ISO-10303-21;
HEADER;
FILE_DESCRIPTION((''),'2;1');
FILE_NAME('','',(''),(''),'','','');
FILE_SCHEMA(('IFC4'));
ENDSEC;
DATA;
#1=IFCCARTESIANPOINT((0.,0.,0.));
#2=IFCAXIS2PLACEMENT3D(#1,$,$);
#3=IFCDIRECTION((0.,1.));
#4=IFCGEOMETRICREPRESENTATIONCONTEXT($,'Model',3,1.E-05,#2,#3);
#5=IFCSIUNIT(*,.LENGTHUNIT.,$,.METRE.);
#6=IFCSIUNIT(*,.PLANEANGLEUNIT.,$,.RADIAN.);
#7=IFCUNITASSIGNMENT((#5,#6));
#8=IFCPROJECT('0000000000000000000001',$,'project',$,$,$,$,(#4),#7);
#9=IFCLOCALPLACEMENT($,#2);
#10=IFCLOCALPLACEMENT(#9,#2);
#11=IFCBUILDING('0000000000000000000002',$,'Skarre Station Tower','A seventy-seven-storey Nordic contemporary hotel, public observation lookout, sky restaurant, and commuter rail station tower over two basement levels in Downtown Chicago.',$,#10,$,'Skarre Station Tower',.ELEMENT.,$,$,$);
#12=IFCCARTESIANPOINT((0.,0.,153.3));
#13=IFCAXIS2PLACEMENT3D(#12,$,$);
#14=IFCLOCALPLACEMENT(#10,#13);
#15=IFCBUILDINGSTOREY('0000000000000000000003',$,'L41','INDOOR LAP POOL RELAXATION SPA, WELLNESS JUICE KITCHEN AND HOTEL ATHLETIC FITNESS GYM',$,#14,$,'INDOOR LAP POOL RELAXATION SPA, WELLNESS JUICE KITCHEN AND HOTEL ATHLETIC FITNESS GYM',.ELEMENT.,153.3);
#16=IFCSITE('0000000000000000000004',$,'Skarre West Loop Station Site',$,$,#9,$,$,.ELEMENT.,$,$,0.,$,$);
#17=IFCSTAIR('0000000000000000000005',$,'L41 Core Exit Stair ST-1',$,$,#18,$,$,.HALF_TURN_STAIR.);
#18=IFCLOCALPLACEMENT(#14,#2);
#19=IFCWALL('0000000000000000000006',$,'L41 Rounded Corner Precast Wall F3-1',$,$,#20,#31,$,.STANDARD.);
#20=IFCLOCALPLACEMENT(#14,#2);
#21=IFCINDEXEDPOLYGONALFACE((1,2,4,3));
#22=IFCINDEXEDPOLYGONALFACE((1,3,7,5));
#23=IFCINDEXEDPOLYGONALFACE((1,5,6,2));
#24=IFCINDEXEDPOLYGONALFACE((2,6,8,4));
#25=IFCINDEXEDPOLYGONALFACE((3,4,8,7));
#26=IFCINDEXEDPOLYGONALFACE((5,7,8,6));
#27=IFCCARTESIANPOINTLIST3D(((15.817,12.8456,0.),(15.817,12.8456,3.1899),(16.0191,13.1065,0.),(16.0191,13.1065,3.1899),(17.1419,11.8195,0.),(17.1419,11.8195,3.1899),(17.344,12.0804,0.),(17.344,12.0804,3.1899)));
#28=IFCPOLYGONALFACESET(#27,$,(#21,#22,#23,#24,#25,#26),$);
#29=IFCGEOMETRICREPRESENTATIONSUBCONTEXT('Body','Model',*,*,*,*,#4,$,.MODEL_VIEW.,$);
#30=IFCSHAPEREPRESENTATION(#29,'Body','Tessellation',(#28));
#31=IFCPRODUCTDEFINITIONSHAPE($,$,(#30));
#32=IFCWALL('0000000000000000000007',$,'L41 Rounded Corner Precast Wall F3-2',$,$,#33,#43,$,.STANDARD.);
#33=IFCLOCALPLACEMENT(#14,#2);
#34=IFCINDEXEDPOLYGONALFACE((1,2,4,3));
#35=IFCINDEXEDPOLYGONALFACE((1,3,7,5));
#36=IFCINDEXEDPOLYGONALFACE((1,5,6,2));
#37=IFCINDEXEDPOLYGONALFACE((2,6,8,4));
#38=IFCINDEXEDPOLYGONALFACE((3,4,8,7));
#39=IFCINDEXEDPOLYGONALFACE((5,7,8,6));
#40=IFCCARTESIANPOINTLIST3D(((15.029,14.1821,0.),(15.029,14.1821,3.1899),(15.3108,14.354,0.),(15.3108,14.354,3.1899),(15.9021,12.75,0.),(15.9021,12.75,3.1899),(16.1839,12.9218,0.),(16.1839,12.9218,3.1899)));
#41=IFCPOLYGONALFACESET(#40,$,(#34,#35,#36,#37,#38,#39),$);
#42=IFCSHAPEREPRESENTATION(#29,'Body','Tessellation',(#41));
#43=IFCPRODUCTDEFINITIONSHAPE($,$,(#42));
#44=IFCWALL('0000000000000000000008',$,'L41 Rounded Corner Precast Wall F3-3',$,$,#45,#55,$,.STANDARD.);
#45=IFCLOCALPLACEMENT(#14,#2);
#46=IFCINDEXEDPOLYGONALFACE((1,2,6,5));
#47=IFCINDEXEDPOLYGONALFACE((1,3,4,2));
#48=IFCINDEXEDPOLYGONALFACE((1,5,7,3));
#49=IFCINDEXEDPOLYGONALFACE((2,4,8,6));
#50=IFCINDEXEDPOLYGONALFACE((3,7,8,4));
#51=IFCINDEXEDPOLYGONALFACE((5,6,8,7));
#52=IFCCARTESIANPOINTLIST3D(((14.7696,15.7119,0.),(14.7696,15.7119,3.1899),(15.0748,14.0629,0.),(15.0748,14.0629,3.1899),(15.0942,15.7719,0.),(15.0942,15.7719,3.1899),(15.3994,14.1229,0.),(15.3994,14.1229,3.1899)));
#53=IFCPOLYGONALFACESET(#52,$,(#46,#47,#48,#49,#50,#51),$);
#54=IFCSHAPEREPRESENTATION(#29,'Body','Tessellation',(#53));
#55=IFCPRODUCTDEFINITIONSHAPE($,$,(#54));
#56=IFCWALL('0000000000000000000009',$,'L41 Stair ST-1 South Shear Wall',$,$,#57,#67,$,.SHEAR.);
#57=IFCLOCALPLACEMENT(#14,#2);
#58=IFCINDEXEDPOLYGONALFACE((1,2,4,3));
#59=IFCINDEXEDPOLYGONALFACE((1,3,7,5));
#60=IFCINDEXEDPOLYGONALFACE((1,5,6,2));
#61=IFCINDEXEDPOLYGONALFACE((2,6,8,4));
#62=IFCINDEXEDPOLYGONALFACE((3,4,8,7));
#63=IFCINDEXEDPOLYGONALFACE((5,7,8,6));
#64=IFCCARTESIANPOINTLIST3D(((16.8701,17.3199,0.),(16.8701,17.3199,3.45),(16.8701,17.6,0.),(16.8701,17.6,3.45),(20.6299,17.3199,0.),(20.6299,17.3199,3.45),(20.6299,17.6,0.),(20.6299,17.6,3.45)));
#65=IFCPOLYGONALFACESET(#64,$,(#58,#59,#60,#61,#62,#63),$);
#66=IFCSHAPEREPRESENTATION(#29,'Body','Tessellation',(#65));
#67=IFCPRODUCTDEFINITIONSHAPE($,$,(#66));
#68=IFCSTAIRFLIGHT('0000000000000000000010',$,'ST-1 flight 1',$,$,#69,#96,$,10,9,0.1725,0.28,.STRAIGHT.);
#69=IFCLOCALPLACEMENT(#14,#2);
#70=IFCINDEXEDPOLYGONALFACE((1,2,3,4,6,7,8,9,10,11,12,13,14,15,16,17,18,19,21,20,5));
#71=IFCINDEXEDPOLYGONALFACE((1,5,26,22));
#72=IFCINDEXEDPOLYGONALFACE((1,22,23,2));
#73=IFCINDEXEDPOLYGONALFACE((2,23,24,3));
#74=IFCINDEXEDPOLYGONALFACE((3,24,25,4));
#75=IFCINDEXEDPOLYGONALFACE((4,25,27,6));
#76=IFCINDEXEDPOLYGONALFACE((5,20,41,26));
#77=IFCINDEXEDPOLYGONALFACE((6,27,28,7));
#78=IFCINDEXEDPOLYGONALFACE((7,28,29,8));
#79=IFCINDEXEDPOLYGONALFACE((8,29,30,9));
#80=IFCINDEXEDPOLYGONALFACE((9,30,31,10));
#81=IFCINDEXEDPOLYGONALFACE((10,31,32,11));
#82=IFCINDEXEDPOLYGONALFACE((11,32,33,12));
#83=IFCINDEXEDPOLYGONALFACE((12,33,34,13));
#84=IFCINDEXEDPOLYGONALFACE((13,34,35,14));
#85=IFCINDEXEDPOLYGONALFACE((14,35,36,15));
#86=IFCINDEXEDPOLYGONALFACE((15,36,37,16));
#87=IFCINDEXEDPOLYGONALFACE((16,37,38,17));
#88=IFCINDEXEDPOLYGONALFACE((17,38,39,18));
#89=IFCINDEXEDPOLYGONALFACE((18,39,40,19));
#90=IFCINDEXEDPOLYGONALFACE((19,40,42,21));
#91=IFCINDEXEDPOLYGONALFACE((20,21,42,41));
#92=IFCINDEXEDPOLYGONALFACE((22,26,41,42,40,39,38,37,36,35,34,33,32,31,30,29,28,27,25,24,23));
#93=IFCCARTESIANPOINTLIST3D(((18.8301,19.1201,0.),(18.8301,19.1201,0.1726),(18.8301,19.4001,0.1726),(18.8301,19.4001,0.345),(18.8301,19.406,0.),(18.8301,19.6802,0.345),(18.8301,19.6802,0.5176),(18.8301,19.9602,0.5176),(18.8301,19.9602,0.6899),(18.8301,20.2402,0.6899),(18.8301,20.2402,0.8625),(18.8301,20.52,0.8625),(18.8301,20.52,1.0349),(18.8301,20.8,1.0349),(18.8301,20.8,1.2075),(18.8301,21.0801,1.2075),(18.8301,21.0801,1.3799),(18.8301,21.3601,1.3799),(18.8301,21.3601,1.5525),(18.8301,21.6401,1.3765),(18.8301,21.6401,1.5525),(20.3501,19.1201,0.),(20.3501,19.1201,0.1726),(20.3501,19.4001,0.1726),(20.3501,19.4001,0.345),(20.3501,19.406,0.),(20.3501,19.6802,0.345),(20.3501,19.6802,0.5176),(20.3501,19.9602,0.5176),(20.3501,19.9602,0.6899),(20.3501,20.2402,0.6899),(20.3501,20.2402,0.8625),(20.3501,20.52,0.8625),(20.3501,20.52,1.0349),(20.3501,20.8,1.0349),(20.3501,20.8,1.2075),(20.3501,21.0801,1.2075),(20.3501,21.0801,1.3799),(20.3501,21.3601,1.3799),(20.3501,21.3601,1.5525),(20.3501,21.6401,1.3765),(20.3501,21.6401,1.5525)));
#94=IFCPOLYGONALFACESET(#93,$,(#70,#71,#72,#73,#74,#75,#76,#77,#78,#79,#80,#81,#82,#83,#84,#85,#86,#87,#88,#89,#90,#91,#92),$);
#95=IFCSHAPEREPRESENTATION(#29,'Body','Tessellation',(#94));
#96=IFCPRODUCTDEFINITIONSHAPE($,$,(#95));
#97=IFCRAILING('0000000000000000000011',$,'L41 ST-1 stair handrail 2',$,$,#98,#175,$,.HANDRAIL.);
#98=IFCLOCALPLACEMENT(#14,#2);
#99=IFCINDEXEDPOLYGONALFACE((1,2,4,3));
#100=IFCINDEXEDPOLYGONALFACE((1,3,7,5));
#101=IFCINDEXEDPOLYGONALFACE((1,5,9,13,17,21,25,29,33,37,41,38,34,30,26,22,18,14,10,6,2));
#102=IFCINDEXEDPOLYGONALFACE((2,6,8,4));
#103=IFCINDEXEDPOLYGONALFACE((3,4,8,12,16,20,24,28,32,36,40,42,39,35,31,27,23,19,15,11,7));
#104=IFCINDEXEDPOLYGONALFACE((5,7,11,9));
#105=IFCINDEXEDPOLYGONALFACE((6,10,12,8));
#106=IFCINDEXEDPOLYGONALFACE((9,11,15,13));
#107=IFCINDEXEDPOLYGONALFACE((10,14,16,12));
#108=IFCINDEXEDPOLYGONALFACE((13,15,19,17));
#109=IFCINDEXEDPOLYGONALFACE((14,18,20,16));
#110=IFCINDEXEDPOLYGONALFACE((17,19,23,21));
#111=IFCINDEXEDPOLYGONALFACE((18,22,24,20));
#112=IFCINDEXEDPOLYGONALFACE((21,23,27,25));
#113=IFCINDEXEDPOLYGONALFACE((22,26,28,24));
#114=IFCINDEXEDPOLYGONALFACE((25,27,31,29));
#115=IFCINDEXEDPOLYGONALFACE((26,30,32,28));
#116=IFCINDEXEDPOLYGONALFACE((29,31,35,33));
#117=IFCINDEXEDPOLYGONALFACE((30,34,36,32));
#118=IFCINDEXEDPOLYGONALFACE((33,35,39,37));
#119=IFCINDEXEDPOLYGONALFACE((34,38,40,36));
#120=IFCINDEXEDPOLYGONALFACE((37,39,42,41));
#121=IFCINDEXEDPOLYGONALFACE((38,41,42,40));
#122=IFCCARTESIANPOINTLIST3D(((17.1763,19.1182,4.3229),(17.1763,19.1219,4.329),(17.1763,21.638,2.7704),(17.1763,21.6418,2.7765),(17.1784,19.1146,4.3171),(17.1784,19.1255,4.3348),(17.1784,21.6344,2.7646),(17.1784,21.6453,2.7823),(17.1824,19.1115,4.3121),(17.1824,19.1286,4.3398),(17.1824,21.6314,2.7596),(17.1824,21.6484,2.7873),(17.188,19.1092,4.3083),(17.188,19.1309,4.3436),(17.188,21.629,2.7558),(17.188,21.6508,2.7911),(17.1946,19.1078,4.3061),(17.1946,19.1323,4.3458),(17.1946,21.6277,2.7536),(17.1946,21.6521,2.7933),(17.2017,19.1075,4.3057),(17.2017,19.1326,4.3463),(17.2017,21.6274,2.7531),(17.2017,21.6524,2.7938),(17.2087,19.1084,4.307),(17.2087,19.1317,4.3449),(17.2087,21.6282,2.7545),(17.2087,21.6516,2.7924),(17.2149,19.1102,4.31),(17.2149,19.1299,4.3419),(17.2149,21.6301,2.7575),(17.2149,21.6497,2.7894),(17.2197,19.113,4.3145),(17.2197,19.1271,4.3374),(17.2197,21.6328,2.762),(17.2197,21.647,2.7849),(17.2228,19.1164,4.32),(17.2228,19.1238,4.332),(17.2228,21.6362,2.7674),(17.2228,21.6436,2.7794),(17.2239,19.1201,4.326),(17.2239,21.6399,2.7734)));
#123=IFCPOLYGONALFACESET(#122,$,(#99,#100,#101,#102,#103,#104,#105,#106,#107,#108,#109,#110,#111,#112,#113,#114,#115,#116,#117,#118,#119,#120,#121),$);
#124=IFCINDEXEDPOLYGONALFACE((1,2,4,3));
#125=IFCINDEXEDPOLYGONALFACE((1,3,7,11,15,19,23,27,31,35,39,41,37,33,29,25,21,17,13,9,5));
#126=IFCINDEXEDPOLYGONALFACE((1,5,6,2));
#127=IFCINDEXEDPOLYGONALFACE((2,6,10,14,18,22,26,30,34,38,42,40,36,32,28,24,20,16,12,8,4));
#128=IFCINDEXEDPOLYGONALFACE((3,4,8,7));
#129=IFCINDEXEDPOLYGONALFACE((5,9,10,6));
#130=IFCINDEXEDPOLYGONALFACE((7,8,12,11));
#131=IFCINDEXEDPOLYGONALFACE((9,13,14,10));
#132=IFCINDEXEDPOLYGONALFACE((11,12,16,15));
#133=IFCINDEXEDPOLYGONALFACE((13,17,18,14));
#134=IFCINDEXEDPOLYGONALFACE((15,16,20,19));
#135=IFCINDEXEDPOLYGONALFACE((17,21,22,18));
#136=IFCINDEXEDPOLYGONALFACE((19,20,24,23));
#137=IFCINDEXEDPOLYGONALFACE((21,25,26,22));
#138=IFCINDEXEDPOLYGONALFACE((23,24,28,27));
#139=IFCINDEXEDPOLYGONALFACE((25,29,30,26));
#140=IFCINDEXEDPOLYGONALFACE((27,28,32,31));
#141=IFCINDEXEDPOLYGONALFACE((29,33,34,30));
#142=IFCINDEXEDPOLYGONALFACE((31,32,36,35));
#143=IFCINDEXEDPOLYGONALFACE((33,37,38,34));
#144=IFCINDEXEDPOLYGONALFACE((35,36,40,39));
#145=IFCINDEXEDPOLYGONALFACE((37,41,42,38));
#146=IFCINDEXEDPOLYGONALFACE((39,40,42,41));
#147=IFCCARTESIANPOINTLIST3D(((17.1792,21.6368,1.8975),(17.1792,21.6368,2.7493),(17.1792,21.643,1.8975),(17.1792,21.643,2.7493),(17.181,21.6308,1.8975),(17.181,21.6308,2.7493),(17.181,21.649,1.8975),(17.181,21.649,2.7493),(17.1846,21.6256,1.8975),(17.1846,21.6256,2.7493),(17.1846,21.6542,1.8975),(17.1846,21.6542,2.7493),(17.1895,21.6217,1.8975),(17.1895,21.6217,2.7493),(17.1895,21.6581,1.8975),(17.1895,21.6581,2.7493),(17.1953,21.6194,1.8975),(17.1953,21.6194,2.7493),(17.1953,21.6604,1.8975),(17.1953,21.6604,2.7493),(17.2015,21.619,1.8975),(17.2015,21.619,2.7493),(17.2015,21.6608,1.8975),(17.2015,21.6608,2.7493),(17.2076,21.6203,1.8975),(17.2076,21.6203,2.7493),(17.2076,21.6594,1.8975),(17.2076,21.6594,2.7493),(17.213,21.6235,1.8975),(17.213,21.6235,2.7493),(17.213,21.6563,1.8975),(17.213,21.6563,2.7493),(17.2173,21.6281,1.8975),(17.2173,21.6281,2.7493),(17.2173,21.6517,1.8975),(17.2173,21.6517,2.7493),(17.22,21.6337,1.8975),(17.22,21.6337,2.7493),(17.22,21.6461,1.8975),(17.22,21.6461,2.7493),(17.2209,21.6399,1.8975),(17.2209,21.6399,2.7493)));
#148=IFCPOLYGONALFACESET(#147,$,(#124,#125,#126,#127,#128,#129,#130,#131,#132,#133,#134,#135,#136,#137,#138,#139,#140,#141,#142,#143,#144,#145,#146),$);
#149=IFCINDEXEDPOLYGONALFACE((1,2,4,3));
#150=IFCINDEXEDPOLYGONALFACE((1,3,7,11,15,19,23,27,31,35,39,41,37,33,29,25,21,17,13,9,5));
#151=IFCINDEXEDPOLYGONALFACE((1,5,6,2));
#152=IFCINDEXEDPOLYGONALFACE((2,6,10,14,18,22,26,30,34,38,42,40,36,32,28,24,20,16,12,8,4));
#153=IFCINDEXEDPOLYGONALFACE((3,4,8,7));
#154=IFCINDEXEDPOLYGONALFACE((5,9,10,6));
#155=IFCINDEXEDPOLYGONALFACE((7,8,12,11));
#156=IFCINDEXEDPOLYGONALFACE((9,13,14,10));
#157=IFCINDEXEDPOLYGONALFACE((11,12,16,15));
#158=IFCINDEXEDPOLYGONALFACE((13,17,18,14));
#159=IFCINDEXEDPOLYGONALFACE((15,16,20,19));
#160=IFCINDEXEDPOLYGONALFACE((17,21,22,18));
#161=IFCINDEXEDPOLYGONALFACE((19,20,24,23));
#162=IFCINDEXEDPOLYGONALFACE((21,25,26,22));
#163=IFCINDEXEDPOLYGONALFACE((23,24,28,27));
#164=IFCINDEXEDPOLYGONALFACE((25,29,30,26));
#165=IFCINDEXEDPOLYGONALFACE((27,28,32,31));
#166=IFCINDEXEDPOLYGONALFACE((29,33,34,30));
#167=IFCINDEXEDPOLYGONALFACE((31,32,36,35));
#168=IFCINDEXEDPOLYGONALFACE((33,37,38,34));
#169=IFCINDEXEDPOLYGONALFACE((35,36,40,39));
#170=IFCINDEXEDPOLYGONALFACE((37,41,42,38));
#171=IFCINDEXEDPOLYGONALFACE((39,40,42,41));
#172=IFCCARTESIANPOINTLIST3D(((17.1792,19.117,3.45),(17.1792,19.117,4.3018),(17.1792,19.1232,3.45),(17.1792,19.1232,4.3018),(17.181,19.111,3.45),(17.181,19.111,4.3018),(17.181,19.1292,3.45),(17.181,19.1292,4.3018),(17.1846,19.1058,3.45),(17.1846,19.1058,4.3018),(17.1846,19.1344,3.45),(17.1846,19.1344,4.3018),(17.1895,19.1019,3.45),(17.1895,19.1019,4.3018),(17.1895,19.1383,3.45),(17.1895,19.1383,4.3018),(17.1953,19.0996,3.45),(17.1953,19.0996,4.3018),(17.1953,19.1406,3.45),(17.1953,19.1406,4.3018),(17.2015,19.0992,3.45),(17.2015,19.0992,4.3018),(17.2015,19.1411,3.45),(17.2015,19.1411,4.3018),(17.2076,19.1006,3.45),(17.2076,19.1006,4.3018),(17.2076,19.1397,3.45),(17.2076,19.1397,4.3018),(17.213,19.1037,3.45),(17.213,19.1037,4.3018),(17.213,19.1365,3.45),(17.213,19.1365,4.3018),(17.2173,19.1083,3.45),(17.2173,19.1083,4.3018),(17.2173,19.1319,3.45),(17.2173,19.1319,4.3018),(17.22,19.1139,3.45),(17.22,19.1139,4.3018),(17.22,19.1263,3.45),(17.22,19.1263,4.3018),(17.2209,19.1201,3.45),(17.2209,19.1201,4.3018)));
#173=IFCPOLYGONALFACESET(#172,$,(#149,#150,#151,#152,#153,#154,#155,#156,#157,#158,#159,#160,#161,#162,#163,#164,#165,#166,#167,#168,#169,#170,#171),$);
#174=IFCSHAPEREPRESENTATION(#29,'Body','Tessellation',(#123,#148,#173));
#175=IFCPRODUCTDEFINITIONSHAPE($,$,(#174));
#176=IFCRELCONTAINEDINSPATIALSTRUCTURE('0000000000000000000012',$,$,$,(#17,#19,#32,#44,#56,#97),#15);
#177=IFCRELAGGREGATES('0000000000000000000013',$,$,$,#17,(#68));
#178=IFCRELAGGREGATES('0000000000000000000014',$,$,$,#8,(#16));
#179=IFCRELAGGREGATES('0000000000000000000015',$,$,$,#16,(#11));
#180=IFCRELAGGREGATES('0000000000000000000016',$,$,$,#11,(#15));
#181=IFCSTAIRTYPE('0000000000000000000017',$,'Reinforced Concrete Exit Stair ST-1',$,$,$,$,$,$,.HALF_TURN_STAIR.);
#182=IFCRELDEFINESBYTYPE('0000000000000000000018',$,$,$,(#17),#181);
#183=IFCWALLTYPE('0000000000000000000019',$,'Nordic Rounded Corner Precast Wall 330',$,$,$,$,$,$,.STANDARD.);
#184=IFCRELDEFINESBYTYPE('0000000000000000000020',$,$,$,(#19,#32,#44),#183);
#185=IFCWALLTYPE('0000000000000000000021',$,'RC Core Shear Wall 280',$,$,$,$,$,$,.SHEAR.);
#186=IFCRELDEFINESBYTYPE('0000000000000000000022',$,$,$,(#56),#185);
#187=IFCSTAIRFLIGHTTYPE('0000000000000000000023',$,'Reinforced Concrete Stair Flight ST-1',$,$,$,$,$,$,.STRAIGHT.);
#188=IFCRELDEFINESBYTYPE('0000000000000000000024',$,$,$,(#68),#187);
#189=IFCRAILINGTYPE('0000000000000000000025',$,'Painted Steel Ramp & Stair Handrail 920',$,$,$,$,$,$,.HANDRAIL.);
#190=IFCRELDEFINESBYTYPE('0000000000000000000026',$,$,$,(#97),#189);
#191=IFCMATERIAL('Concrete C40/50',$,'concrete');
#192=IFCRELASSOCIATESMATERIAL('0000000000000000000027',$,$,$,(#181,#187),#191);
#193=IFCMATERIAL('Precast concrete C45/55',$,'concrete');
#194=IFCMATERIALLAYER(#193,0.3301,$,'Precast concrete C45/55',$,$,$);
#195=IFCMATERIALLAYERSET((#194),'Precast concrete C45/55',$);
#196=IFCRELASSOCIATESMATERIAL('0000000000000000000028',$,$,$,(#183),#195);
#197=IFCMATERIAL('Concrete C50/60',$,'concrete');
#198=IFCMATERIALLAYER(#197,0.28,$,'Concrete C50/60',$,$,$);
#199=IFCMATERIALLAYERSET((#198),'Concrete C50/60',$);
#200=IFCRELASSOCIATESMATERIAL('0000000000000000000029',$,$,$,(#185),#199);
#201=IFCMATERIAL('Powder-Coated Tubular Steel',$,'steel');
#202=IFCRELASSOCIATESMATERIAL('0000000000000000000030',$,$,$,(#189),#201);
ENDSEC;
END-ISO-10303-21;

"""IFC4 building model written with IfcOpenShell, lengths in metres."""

from ifc_helpers import new_model, si_unit, direction, frame, frame_2d, origin, origin_2d, place, context, subcontext, project, spatial, polyline, rectangle, circle, outline, extrude, material, layer, layer_set, type_object, element, aggregate, save


model = new_model("IFC4")

# Units and contexts
model_context = context("Model", 3, precision=1e-05, world=origin(), true_north=direction((0.0, 1.0)))
body_context = subcontext(model_context, "Body", "Model", "MODEL_VIEW")
ifc_project = project(units=[si_unit("LENGTHUNIT", "METRE"), si_unit("PLANEANGLEUNIT", "RADIAN")], contexts=[model_context])

# Site, building, storey
site_placement = place(None, origin())
site = spatial("IfcSite", under=ifc_project, at=site_placement, Name="Skarre West Loop Station Site", CompositionType="ELEMENT", RefElevation=0.0)
building_placement = place(site_placement, origin())
building = spatial("IfcBuilding", under=site, at=building_placement, Name="Skarre Station Tower", Description="A seventy-seven-storey Nordic contemporary hotel, public observation lookout, sky restaurant, and commuter rail station tower over two basement levels in Downtown Chicago.", LongName="Skarre Station Tower", CompositionType="ELEMENT")
storey_placement = place(building_placement, frame((0.0, 0.0, 153.3)))
storey = spatial("IfcBuildingStorey", under=building, at=storey_placement, Name="L41", Description="INDOOR LAP POOL RELAXATION SPA, WELLNESS JUICE KITCHEN AND HOTEL ATHLETIC FITNESS GYM", LongName="INDOOR LAP POOL RELAXATION SPA, WELLNESS JUICE KITCHEN AND HOTEL ATHLETIC FITNESS GYM", CompositionType="ELEMENT", Elevation=153.3)

# Stair
ifc_material_1 = material(Name="Concrete C40/50", Category="concrete")
stair_type_1 = type_object("IfcStairType", Name="Reinforced Concrete Exit Stair ST-1", PredefinedType="HALF_TURN_STAIR", material=ifc_material_1)
stair_1_placement = place(storey_placement, origin())
stair_1 = element("IfcStair", 1, at=stair_1_placement, inside=storey, type_object=stair_type_1, Name="L41 Core Exit Stair ST-1", PredefinedType="HALF_TURN_STAIR")

# Shared definitions
ifc_material_2 = material(Name="Concrete C50/60", Category="concrete")

# Shared definitions
ifc_material_3 = material(Name="Precast concrete C45/55", Category="concrete")

# Walls
ifc_layer_1 = layer(ifc_material_3, 0.3301, Name="Precast concrete C45/55")
ifc_layer_set_1 = layer_set([ifc_layer_1], Name="Precast concrete C45/55")
wall_type_1 = type_object("IfcWallType", Name="Nordic Rounded Corner Precast Wall 330", PredefinedType="STANDARD", material=ifc_layer_set_1)
wall_1_placement = place(storey_placement, frame((17.2429, 11.95, 0.0), z_axis=(0.0, 0.0, 1.0), x_axis=(-0.790621, 0.612305, 0.0)))
element("IfcWall", 2, at=wall_1_placement, inside=storey, type_object=wall_type_1, Name="L41 Rounded Corner Precast Wall F3-1", PredefinedType="STANDARD", context=body_context, shape_type="SweptSolid", body=[
    extrude(rectangle(XDim=1.6758, YDim=0.3301, at=frame_2d((0.8379, 0.0))), origin(), (0.0, 0.0, 1.0), 3.1899),
])
wall_2_placement = place(storey_placement, frame((16.043, 12.8359, 0.0), z_axis=(0.0, 0.0, 1.0), x_axis=(-0.520519, 0.85385, 0.0)))
element("IfcWall", 3, at=wall_2_placement, inside=storey, type_object=wall_type_1, Name="L41 Rounded Corner Precast Wall F3-2", PredefinedType="STANDARD", context=body_context, shape_type="SweptSolid", body=[
    extrude(rectangle(XDim=1.6772, YDim=0.3301, at=frame_2d((0.8386, 0.0))), origin(), (0.0, 0.0, 1.0), 3.1899),
])
wall_3_placement = place(storey_placement, frame((15.2371, 14.093, 0.0), z_axis=(0.0, 0.0, 1.0), x_axis=(-0.181985, 0.983301, 0.0)))
element("IfcWall", 4, at=wall_3_placement, inside=storey, type_object=wall_type_1, Name="L41 Rounded Corner Precast Wall F3-3", PredefinedType="STANDARD", context=body_context, shape_type="SweptSolid", body=[
    extrude(rectangle(XDim=1.677, YDim=0.3301, at=frame_2d((0.8384, 0.0))), origin(), (0.0, 0.0, 1.0), 3.1899),
])
ifc_layer_2 = layer(ifc_material_2, 0.28, Name="Concrete C50/60")
ifc_layer_set_2 = layer_set([ifc_layer_2], Name="Concrete C50/60")
wall_type_2 = type_object("IfcWallType", Name="RC Core Shear Wall 280", PredefinedType="SHEAR", material=ifc_layer_set_2)
wall_4_placement = place(storey_placement, frame((16.8701, 17.46, 0.0), z_axis=(0.0, 0.0, 1.0), x_axis=(1.0, 0.0, 0.0)))
element("IfcWall", 5, at=wall_4_placement, inside=storey, type_object=wall_type_2, Name="L41 Stair ST-1 South Shear Wall", PredefinedType="SHEAR", context=body_context, shape_type="SweptSolid", body=[
    extrude(rectangle(XDim=3.7598, YDim=0.28, at=frame_2d((1.8799, 0.0))), origin(), (0.0, 0.0, 1.0), 3.45),
])

# Stair flight
stair_flight_type = type_object("IfcStairFlightType", Name="Reinforced Concrete Stair Flight ST-1", PredefinedType="STRAIGHT", material=ifc_material_1)
stair_flight_placement = place(storey_placement, frame((19.5901, 19.1201, 0.0), z_axis=(0.0, 0.0, 1.0), x_axis=(0.0, 1.0, 0.0)))
stair_flight = element("IfcStairFlight", 6, at=stair_flight_placement, type_object=stair_flight_type, Name="ST-1 flight 1", NumberOfRisers=10, NumberOfTreads=9, PredefinedType="STRAIGHT", RiserHeight=0.1725, TreadLength=0.28, context=body_context, shape_type="SweptSolid", body=[
    extrude(outline(polyline([(0.0, 0.0), (0.0, 0.1726), (0.28, 0.1726), (0.28, 0.345), (0.5601, 0.345), (0.5601, 0.5176), (0.8401, 0.5176), (0.8401, 0.6899), (1.1201, 0.6899), (1.1201, 0.8625), (1.3999, 0.8625), (1.3999, 1.0349), (1.6799, 1.0349), (1.6799, 1.2075), (1.96, 1.2075), (1.96, 1.3799), (2.24, 1.3799), (2.24, 1.5525), (2.52, 1.5525), (2.52, 1.7251), (2.52, 1.3765), (0.2859, 0.0), (0.0, 0.0)])), frame((0.0, 0.76, 0.0), z_axis=(0.0, -1.0, 0.0), x_axis=(1.0, 0.0, 0.0)), (0.0, 0.0, 1.0), 1.52),
])
aggregate(stair_1, [stair_flight])

# Railing
ifc_material_4 = material(Name="Powder-Coated Tubular Steel", Category="steel")
railing_type_1 = type_object("IfcRailingType", Name="Painted Steel Ramp & Stair Handrail 920", PredefinedType="HANDRAIL", material=ifc_material_4)
railing_1_placement = place(storey_placement, frame((17.2, 21.6399, 1.8975)))
element("IfcRailing", 7, at=railing_1_placement, inside=storey, type_object=railing_type_1, Name="L41 ST-1 stair handrail 2", PredefinedType="HANDRAIL", context=body_context, shape_type="SweptSolid", body=[
    extrude(circle(Radius=0.0239, at=origin_2d()), frame((0.0, 0.0, 0.876), z_axis=(0.0, -0.851378, 0.524553), x_axis=(1.0, 0.0, 0.0)), (0.0, 0.0, 1.0), 2.9597),
    extrude(circle(Radius=0.021, at=origin_2d()), origin(), (0.0, 0.0, 1.0), 0.8518),
    extrude(circle(Radius=0.021, at=origin_2d()), frame((0.0, -2.5198, 1.5525)), (0.0, 0.0, 1.0), 0.8518),
])

save(model, "model.ifc")
